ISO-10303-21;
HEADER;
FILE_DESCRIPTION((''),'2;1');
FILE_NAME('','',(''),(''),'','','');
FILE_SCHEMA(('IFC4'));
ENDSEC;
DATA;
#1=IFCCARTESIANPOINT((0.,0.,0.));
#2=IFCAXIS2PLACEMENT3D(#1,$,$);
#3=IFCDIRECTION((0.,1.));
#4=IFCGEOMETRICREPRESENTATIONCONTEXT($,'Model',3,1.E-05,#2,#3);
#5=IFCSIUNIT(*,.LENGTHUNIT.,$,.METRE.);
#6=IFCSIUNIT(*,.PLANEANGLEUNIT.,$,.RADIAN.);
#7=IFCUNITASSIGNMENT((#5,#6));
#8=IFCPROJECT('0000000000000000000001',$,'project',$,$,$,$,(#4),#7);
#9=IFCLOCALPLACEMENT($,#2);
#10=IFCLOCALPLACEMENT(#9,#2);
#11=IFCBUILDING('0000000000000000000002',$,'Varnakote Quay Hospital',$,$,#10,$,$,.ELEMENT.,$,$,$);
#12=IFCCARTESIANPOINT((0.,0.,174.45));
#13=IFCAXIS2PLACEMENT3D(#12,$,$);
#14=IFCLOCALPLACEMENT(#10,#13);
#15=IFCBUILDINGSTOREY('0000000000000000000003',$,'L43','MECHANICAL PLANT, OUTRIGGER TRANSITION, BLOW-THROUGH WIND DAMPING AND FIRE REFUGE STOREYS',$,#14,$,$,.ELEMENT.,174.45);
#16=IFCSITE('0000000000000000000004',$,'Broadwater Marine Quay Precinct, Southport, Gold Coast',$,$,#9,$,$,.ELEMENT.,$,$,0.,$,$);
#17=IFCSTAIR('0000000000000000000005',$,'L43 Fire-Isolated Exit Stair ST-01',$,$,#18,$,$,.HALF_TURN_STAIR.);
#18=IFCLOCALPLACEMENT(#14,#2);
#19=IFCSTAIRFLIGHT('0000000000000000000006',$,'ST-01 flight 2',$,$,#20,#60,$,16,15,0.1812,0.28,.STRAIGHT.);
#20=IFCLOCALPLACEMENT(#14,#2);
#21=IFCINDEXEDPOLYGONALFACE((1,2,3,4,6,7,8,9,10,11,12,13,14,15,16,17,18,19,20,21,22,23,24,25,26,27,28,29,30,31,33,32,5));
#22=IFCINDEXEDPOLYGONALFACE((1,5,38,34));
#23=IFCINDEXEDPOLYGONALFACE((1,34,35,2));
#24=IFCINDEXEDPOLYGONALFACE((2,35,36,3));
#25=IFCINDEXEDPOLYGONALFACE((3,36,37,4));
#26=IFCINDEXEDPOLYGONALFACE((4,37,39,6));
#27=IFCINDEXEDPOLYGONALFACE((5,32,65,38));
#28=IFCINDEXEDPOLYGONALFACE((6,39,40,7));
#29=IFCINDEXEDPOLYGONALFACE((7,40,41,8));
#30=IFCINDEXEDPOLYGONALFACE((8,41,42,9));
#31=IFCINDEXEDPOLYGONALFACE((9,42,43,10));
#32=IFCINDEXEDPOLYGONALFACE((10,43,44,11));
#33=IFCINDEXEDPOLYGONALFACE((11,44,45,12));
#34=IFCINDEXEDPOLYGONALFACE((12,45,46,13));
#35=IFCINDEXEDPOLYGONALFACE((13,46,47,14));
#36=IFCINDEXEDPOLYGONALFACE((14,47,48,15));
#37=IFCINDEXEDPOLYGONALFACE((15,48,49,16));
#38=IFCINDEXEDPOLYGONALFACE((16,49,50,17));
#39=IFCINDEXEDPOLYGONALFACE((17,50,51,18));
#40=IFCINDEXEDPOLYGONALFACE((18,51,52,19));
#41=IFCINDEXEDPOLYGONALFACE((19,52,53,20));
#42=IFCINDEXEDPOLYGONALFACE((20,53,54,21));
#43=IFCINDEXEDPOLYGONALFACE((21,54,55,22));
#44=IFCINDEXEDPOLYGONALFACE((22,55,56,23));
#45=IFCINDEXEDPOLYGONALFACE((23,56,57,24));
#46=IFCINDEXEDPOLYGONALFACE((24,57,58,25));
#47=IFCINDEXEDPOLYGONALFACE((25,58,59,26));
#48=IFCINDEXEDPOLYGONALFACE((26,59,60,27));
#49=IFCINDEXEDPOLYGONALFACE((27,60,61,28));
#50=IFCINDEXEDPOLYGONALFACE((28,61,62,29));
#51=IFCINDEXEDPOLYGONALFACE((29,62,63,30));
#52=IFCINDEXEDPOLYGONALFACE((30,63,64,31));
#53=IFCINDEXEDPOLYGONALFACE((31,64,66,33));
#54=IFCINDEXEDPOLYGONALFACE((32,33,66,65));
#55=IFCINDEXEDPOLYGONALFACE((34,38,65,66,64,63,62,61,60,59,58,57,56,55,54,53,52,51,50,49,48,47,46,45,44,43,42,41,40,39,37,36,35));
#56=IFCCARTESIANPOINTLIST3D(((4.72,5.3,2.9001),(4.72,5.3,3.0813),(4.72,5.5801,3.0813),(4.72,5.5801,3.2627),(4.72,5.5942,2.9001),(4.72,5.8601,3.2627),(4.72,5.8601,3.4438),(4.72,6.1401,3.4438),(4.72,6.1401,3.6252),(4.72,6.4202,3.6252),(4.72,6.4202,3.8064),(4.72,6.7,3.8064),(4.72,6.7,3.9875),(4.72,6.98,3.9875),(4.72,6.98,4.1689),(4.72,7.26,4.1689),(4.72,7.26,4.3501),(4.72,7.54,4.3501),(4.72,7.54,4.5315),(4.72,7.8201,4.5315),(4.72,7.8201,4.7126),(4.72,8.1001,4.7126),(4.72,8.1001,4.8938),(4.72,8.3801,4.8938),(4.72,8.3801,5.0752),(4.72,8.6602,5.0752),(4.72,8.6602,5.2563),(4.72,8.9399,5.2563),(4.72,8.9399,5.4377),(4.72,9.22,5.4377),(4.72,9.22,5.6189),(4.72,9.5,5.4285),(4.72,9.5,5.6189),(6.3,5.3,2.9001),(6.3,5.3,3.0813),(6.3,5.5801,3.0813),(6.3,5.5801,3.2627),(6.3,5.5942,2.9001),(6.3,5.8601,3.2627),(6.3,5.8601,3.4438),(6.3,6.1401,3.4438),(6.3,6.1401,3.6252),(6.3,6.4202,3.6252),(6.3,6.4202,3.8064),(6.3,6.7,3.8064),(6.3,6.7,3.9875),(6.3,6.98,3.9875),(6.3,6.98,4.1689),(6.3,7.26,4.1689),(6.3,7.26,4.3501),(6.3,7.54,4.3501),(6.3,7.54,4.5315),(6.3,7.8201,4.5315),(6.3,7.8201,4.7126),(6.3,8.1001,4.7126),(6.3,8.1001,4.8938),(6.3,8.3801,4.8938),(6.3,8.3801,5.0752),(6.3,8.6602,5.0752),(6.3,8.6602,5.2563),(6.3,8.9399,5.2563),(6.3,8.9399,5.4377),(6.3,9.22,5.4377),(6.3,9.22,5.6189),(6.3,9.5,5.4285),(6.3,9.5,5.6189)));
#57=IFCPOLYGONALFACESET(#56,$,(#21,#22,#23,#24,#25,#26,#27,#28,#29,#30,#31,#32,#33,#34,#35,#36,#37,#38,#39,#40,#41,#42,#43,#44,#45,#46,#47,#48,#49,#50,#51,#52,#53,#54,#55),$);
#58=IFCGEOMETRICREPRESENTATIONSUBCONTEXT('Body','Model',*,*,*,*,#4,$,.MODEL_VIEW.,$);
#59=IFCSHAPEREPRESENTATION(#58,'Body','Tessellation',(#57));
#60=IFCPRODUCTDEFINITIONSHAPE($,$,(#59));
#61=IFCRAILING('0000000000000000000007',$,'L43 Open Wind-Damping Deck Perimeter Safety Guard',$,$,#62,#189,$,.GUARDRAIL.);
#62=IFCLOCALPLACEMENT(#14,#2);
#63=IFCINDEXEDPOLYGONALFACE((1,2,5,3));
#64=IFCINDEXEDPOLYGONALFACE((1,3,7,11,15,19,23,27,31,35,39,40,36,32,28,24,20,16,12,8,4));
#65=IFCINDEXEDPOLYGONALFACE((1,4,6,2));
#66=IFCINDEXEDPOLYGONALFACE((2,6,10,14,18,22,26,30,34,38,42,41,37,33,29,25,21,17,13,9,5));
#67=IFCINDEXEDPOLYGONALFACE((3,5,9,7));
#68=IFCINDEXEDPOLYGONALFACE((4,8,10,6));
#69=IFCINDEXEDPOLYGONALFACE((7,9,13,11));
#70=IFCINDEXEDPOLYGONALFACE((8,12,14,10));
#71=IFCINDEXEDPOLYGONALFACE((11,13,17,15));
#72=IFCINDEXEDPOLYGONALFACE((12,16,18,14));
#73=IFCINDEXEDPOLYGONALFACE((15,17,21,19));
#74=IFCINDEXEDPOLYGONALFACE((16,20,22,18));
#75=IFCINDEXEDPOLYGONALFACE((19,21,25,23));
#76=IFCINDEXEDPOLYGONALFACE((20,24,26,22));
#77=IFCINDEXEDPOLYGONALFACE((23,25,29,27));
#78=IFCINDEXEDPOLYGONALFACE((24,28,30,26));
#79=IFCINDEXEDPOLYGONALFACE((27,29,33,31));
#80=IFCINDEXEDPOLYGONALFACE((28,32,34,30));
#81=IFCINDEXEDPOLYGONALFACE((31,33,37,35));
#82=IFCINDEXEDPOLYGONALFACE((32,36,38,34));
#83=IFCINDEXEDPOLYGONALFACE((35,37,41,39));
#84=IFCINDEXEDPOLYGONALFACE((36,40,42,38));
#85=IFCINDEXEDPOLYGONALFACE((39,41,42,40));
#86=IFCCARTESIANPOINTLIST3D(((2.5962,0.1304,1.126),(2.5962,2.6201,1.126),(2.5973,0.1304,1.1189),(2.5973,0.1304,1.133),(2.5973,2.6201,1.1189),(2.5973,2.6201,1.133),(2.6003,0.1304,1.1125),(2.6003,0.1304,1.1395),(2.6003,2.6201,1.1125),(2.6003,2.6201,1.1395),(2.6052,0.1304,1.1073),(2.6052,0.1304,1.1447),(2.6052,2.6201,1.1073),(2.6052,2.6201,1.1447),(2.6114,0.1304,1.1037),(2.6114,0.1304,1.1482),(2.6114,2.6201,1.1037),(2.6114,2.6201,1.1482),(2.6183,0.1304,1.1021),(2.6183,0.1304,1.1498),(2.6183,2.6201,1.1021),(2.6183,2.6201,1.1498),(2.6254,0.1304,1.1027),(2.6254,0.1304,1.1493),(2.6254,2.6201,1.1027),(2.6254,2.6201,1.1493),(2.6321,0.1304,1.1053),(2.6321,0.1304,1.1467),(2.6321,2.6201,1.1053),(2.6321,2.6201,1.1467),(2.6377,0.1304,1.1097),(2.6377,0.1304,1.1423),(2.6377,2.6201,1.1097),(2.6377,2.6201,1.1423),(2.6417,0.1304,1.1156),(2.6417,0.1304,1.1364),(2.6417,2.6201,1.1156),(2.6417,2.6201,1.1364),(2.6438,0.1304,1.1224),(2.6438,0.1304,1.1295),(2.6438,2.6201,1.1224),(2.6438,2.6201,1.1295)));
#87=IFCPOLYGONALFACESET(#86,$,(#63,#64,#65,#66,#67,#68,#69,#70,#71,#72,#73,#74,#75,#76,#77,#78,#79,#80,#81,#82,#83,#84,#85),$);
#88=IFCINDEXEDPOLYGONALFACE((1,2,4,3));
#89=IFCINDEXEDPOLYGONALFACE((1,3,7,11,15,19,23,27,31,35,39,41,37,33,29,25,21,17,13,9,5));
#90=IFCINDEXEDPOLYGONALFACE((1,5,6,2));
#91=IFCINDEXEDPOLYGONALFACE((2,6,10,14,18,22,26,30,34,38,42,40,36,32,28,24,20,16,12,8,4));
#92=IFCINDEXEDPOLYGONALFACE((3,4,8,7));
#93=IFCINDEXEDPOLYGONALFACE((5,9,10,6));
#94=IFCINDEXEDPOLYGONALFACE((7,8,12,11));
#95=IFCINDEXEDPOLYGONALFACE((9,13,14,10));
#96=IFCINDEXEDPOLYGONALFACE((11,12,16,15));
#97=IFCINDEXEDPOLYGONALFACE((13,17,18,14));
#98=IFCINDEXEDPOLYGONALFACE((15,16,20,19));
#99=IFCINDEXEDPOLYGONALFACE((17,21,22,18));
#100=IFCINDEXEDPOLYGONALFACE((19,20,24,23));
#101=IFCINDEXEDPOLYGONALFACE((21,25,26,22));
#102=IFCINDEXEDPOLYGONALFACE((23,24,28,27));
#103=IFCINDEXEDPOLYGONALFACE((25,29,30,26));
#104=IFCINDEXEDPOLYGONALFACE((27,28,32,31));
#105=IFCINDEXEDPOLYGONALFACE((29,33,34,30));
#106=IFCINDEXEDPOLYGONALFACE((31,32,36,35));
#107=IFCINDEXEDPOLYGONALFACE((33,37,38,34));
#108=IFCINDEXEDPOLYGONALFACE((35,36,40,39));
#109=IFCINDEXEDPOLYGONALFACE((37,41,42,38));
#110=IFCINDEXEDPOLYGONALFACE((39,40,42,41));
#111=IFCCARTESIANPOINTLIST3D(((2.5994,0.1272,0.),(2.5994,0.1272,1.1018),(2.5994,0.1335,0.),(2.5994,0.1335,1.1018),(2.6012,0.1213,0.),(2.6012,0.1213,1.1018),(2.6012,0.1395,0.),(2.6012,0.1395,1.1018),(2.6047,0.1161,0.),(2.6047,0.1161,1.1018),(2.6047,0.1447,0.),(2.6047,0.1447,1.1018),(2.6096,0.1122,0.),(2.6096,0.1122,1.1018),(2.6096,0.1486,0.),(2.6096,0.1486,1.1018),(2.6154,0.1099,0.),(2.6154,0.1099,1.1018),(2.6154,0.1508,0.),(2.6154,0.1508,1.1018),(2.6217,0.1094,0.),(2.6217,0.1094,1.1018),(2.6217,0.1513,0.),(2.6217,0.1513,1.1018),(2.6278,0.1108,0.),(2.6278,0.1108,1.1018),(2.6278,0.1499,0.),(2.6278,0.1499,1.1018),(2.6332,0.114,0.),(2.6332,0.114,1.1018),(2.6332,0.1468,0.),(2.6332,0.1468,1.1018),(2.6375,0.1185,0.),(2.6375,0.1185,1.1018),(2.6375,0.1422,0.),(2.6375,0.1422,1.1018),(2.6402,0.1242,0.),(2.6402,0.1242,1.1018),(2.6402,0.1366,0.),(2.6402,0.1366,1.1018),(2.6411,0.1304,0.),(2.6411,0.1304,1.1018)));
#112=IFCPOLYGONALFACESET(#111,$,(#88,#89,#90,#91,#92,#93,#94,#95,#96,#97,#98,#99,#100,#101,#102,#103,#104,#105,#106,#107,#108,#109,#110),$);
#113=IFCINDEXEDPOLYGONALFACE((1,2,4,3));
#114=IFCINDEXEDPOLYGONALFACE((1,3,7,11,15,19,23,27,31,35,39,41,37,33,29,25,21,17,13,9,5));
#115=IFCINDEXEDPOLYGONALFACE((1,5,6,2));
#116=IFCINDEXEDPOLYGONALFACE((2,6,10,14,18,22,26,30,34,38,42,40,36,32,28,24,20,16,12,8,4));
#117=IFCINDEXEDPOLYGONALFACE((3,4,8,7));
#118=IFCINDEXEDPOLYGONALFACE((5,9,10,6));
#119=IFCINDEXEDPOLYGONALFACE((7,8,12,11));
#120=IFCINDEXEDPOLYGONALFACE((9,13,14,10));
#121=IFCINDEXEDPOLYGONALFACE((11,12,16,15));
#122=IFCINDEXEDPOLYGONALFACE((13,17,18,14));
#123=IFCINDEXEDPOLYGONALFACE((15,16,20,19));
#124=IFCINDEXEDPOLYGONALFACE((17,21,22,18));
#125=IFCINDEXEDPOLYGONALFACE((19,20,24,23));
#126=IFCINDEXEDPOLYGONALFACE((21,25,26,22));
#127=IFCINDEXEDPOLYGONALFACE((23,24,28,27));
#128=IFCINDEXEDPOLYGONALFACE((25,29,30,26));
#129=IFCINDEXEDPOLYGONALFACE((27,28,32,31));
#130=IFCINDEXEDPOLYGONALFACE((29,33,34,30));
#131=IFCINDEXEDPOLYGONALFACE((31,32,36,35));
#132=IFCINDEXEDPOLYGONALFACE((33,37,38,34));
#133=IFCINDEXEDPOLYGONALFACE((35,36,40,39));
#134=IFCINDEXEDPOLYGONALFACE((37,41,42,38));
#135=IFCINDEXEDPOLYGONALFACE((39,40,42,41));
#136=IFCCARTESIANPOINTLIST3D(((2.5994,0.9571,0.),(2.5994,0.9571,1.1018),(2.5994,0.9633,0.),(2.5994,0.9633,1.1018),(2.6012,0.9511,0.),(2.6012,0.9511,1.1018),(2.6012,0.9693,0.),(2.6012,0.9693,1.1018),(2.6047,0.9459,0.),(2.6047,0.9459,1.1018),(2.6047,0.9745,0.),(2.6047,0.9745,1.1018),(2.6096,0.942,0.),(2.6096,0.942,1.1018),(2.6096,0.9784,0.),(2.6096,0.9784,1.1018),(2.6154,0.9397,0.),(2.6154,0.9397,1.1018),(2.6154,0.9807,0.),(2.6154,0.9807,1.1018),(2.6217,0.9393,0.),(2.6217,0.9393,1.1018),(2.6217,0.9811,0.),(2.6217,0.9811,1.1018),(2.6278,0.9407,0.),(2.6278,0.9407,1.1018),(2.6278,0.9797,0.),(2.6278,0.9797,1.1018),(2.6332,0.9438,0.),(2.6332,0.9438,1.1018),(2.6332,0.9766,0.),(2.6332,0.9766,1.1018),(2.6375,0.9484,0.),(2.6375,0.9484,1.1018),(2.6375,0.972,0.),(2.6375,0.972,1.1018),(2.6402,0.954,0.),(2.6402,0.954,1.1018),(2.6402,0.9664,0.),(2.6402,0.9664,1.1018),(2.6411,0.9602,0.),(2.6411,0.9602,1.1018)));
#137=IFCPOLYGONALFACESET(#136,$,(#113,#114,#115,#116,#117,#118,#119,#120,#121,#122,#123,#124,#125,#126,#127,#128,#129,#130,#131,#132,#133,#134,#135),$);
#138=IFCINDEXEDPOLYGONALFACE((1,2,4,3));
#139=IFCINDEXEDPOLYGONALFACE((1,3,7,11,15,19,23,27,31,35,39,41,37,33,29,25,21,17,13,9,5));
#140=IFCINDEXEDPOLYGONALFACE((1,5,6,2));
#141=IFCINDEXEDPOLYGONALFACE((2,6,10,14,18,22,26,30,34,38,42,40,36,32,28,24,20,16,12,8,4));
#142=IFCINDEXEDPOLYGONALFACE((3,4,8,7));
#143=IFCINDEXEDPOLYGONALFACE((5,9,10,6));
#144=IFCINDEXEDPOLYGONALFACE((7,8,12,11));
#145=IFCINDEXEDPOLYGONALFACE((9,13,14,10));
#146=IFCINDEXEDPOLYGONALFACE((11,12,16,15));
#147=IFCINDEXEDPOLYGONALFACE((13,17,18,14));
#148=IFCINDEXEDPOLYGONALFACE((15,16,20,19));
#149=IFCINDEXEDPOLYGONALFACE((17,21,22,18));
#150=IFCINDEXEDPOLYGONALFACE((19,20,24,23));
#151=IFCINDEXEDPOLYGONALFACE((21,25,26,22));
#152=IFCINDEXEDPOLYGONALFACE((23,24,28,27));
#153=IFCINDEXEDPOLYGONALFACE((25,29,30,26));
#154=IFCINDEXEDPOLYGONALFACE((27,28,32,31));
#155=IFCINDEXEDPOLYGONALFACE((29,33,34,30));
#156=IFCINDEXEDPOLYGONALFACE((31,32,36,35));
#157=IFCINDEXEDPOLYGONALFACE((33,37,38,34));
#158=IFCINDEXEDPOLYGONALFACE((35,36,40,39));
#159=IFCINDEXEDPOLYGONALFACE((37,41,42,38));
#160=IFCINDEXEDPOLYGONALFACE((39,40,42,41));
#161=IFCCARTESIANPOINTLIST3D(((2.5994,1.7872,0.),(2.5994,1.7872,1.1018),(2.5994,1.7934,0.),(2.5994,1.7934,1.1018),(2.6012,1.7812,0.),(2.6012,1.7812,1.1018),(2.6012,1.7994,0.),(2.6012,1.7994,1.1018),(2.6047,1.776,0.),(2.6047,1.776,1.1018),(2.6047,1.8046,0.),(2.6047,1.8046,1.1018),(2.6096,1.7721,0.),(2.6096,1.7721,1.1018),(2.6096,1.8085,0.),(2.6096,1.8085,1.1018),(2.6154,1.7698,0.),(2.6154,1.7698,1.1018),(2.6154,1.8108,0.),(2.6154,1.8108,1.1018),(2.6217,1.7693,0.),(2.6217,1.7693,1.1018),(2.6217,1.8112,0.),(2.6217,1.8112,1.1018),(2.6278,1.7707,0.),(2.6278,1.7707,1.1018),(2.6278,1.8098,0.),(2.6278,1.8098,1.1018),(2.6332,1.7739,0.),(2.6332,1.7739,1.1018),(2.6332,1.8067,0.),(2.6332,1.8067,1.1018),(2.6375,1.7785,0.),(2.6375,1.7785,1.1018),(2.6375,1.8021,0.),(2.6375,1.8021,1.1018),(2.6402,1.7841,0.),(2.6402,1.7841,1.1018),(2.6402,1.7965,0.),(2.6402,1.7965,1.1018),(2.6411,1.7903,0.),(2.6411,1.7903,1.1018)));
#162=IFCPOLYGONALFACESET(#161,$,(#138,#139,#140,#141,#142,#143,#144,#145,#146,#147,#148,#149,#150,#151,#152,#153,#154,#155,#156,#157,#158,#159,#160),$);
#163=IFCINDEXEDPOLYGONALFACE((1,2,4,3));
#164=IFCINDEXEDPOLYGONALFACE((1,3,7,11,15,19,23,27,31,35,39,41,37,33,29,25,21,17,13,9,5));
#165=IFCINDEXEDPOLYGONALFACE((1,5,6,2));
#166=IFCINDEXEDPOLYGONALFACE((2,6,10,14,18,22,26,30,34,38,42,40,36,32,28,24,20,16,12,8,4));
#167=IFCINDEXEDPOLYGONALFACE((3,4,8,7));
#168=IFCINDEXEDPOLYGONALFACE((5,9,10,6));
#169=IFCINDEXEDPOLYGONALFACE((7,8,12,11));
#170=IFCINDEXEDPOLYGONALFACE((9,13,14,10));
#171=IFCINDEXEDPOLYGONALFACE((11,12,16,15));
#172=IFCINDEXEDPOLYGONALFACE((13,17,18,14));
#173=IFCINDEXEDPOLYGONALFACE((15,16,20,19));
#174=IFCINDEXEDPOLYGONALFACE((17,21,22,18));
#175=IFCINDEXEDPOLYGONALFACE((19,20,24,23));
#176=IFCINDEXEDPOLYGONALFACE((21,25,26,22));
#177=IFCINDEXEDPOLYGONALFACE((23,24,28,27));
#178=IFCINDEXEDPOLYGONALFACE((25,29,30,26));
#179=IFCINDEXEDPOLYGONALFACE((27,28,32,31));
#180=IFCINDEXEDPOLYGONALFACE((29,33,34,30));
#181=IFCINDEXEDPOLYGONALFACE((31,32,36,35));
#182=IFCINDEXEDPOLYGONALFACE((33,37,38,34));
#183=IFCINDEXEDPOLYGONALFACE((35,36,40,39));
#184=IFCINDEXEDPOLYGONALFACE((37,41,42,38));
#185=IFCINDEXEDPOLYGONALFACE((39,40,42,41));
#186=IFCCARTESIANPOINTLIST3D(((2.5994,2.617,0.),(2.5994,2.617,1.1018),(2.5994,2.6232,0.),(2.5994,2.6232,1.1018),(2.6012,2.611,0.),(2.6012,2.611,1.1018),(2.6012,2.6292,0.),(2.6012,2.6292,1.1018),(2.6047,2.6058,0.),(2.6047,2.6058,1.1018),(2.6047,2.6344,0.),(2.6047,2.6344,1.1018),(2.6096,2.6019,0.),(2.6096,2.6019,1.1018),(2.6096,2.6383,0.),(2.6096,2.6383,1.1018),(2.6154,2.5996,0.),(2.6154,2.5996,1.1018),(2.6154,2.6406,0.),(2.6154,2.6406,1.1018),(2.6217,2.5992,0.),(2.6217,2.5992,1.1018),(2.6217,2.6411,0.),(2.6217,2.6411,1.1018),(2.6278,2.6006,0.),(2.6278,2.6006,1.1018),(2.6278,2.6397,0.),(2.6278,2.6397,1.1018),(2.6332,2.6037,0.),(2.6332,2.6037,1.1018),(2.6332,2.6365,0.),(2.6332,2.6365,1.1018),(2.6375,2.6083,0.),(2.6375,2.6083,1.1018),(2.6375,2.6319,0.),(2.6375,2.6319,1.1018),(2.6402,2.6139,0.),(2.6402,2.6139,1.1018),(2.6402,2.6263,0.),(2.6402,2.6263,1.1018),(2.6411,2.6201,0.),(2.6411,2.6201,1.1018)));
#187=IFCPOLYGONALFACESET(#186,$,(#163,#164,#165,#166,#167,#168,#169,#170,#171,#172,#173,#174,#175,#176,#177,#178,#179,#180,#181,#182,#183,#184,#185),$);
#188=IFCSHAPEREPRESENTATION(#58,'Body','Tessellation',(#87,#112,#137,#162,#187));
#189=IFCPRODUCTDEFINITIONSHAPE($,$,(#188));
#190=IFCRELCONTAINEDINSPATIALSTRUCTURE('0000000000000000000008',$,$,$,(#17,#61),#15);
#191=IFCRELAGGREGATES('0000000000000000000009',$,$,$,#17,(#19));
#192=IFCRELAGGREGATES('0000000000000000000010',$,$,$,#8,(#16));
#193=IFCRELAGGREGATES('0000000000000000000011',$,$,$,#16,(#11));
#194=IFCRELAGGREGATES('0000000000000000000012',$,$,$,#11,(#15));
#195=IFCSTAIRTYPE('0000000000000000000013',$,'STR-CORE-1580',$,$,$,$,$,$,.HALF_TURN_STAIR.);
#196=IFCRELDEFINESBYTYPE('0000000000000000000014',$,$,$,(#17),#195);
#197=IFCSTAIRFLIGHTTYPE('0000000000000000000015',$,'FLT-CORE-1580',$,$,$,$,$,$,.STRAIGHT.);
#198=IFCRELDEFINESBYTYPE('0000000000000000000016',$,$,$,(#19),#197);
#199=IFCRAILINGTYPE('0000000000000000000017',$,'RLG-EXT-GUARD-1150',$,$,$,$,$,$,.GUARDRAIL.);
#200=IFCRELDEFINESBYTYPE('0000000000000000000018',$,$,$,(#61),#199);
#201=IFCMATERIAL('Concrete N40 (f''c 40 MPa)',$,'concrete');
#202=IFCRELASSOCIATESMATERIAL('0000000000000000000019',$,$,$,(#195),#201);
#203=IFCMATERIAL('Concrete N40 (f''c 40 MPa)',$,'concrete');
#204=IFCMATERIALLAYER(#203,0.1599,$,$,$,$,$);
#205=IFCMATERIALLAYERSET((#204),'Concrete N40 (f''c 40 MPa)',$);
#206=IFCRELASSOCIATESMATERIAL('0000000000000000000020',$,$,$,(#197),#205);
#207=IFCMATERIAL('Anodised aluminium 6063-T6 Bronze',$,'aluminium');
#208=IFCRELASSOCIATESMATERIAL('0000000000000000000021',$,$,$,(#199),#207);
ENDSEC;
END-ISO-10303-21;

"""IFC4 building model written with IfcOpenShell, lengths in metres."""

from ifc_helpers import new_model, si_unit, direction, frame, origin, origin_2d, place, context, subcontext, project, spatial, polyline, circle, outline, extrude, material, layer, layer_set, type_object, element, aggregate, save


model = new_model("IFC4")

# Units and contexts
model_context = context("Model", 3, precision=1e-05, world=origin(), true_north=direction((0.0, 1.0)))
body_context = subcontext(model_context, "Body", "Model", "MODEL_VIEW")
ifc_project = project(units=[si_unit("LENGTHUNIT", "METRE"), si_unit("PLANEANGLEUNIT", "RADIAN")], contexts=[model_context])

# Site, building, storey
site_placement = place(None, origin())
site = spatial("IfcSite", under=ifc_project, at=site_placement, Name="Broadwater Marine Quay Precinct, Southport, Gold Coast", CompositionType="ELEMENT", RefElevation=0.0)
building_placement = place(site_placement, origin())
building = spatial("IfcBuilding", under=site, at=building_placement, Name="Varnakote Quay Hospital", CompositionType="ELEMENT")
storey_placement = place(building_placement, frame((0.0, 0.0, 174.45)))
storey = spatial("IfcBuildingStorey", under=building, at=storey_placement, Name="L43", Description="MECHANICAL PLANT, OUTRIGGER TRANSITION, BLOW-THROUGH WIND DAMPING AND FIRE REFUGE STOREYS", CompositionType="ELEMENT", Elevation=174.45)

# Stair
ifc_material_1 = material(Name="Concrete N40 (f'c 40 MPa)", Category="concrete")
stair_type = type_object("IfcStairType", Name="STR-CORE-1580", PredefinedType="HALF_TURN_STAIR", material=ifc_material_1)
stair_1_placement = place(storey_placement, origin())
stair_1 = element("IfcStair", 1, at=stair_1_placement, inside=storey, type_object=stair_type, Name="L43 Fire-Isolated Exit Stair ST-01", PredefinedType="HALF_TURN_STAIR")

# Stair flight
ifc_material_2 = material(Name="Concrete N40 (f'c 40 MPa)", Category="concrete")
ifc_layer_1 = layer(ifc_material_2, 0.1599)
ifc_layer_set_1 = layer_set([ifc_layer_1], Name="Concrete N40 (f'c 40 MPa)")
stair_flight_type = type_object("IfcStairFlightType", Name="FLT-CORE-1580", PredefinedType="STRAIGHT", material=ifc_layer_set_1)
stair_flight_placement = place(storey_placement, frame((5.51, 5.3, 2.9001), z_axis=(0.0, 0.0, 1.0), x_axis=(0.0, 1.0, 0.0)))
stair_flight = element("IfcStairFlight", 2, at=stair_flight_placement, type_object=stair_flight_type, Name="ST-01 flight 2", NumberOfRisers=16, NumberOfTreads=15, PredefinedType="STRAIGHT", RiserHeight=0.1812, TreadLength=0.28, context=body_context, shape_type="SweptSolid", body=[
    extrude(outline(polyline([(0.0, 0.0), (0.0, 0.1812), (0.28, 0.1812), (0.28, 0.3625), (0.5601, 0.3625), (0.5601, 0.5437), (0.8401, 0.5437), (0.8401, 0.7251), (1.1201, 0.7251), (1.1201, 0.9062), (1.3999, 0.9062), (1.3999, 1.0874), (1.6799, 1.0874), (1.6799, 1.2688), (1.96, 1.2688), (1.96, 1.45), (2.24, 1.45), (2.24, 1.6313), (2.52, 1.6313), (2.52, 1.8125), (2.8, 1.8125), (2.8, 1.9937), (3.0801, 1.9937), (3.0801, 2.175), (3.3601, 2.175), (3.3601, 2.3562), (3.6399, 2.3562), (3.6399, 2.5376), (3.9199, 2.5376), (3.9199, 2.7188), (4.2, 2.7188), (4.2, 2.8999), (4.2, 2.5283), (0.2942, 0.0), (0.0, 0.0)])), frame((0.0, 0.79, 0.0), z_axis=(0.0, -1.0, 0.0), x_axis=(1.0, 0.0, 0.0)), (0.0, 0.0, 1.0), 1.5801),
])
aggregate(stair_1, [stair_flight])

# Railing
ifc_material_3 = material(Name="Anodised aluminium 6063-T6 Bronze", Category="aluminium")
railing_type_1 = type_object("IfcRailingType", Name="RLG-EXT-GUARD-1150", PredefinedType="GUARDRAIL", material=ifc_material_3)
railing_1_placement = place(storey_placement, frame((2.6201, 0.1304, 0.0)))
element("IfcRailing", 3, at=railing_1_placement, inside=storey, type_object=railing_type_1, Name="L43 Open Wind-Damping Deck Perimeter Safety Guard", PredefinedType="GUARDRAIL", context=body_context, shape_type="SweptSolid", body=[
    extrude(circle(Radius=0.0239, at=origin_2d()), frame((0.0, 0.0, 1.126), z_axis=(0.0, 1.0, 0.0), x_axis=(-1.0, 0.0, 0.0)), (0.0, 0.0, 1.0), 2.4897),
    extrude(circle(Radius=0.021, at=origin_2d()), origin(), (0.0, 0.0, 1.0), 1.1018),
    extrude(circle(Radius=0.021, at=origin_2d()), frame((0.0, 0.8298, 0.0)), (0.0, 0.0, 1.0), 1.1018),
    extrude(circle(Radius=0.021, at=origin_2d()), frame((0.0, 1.6599, 0.0)), (0.0, 0.0, 1.0), 1.1018),
    extrude(circle(Radius=0.021, at=origin_2d()), frame((0.0, 2.4897, 0.0)), (0.0, 0.0, 1.0), 1.1018),
])

save(model, "model.ifc")
